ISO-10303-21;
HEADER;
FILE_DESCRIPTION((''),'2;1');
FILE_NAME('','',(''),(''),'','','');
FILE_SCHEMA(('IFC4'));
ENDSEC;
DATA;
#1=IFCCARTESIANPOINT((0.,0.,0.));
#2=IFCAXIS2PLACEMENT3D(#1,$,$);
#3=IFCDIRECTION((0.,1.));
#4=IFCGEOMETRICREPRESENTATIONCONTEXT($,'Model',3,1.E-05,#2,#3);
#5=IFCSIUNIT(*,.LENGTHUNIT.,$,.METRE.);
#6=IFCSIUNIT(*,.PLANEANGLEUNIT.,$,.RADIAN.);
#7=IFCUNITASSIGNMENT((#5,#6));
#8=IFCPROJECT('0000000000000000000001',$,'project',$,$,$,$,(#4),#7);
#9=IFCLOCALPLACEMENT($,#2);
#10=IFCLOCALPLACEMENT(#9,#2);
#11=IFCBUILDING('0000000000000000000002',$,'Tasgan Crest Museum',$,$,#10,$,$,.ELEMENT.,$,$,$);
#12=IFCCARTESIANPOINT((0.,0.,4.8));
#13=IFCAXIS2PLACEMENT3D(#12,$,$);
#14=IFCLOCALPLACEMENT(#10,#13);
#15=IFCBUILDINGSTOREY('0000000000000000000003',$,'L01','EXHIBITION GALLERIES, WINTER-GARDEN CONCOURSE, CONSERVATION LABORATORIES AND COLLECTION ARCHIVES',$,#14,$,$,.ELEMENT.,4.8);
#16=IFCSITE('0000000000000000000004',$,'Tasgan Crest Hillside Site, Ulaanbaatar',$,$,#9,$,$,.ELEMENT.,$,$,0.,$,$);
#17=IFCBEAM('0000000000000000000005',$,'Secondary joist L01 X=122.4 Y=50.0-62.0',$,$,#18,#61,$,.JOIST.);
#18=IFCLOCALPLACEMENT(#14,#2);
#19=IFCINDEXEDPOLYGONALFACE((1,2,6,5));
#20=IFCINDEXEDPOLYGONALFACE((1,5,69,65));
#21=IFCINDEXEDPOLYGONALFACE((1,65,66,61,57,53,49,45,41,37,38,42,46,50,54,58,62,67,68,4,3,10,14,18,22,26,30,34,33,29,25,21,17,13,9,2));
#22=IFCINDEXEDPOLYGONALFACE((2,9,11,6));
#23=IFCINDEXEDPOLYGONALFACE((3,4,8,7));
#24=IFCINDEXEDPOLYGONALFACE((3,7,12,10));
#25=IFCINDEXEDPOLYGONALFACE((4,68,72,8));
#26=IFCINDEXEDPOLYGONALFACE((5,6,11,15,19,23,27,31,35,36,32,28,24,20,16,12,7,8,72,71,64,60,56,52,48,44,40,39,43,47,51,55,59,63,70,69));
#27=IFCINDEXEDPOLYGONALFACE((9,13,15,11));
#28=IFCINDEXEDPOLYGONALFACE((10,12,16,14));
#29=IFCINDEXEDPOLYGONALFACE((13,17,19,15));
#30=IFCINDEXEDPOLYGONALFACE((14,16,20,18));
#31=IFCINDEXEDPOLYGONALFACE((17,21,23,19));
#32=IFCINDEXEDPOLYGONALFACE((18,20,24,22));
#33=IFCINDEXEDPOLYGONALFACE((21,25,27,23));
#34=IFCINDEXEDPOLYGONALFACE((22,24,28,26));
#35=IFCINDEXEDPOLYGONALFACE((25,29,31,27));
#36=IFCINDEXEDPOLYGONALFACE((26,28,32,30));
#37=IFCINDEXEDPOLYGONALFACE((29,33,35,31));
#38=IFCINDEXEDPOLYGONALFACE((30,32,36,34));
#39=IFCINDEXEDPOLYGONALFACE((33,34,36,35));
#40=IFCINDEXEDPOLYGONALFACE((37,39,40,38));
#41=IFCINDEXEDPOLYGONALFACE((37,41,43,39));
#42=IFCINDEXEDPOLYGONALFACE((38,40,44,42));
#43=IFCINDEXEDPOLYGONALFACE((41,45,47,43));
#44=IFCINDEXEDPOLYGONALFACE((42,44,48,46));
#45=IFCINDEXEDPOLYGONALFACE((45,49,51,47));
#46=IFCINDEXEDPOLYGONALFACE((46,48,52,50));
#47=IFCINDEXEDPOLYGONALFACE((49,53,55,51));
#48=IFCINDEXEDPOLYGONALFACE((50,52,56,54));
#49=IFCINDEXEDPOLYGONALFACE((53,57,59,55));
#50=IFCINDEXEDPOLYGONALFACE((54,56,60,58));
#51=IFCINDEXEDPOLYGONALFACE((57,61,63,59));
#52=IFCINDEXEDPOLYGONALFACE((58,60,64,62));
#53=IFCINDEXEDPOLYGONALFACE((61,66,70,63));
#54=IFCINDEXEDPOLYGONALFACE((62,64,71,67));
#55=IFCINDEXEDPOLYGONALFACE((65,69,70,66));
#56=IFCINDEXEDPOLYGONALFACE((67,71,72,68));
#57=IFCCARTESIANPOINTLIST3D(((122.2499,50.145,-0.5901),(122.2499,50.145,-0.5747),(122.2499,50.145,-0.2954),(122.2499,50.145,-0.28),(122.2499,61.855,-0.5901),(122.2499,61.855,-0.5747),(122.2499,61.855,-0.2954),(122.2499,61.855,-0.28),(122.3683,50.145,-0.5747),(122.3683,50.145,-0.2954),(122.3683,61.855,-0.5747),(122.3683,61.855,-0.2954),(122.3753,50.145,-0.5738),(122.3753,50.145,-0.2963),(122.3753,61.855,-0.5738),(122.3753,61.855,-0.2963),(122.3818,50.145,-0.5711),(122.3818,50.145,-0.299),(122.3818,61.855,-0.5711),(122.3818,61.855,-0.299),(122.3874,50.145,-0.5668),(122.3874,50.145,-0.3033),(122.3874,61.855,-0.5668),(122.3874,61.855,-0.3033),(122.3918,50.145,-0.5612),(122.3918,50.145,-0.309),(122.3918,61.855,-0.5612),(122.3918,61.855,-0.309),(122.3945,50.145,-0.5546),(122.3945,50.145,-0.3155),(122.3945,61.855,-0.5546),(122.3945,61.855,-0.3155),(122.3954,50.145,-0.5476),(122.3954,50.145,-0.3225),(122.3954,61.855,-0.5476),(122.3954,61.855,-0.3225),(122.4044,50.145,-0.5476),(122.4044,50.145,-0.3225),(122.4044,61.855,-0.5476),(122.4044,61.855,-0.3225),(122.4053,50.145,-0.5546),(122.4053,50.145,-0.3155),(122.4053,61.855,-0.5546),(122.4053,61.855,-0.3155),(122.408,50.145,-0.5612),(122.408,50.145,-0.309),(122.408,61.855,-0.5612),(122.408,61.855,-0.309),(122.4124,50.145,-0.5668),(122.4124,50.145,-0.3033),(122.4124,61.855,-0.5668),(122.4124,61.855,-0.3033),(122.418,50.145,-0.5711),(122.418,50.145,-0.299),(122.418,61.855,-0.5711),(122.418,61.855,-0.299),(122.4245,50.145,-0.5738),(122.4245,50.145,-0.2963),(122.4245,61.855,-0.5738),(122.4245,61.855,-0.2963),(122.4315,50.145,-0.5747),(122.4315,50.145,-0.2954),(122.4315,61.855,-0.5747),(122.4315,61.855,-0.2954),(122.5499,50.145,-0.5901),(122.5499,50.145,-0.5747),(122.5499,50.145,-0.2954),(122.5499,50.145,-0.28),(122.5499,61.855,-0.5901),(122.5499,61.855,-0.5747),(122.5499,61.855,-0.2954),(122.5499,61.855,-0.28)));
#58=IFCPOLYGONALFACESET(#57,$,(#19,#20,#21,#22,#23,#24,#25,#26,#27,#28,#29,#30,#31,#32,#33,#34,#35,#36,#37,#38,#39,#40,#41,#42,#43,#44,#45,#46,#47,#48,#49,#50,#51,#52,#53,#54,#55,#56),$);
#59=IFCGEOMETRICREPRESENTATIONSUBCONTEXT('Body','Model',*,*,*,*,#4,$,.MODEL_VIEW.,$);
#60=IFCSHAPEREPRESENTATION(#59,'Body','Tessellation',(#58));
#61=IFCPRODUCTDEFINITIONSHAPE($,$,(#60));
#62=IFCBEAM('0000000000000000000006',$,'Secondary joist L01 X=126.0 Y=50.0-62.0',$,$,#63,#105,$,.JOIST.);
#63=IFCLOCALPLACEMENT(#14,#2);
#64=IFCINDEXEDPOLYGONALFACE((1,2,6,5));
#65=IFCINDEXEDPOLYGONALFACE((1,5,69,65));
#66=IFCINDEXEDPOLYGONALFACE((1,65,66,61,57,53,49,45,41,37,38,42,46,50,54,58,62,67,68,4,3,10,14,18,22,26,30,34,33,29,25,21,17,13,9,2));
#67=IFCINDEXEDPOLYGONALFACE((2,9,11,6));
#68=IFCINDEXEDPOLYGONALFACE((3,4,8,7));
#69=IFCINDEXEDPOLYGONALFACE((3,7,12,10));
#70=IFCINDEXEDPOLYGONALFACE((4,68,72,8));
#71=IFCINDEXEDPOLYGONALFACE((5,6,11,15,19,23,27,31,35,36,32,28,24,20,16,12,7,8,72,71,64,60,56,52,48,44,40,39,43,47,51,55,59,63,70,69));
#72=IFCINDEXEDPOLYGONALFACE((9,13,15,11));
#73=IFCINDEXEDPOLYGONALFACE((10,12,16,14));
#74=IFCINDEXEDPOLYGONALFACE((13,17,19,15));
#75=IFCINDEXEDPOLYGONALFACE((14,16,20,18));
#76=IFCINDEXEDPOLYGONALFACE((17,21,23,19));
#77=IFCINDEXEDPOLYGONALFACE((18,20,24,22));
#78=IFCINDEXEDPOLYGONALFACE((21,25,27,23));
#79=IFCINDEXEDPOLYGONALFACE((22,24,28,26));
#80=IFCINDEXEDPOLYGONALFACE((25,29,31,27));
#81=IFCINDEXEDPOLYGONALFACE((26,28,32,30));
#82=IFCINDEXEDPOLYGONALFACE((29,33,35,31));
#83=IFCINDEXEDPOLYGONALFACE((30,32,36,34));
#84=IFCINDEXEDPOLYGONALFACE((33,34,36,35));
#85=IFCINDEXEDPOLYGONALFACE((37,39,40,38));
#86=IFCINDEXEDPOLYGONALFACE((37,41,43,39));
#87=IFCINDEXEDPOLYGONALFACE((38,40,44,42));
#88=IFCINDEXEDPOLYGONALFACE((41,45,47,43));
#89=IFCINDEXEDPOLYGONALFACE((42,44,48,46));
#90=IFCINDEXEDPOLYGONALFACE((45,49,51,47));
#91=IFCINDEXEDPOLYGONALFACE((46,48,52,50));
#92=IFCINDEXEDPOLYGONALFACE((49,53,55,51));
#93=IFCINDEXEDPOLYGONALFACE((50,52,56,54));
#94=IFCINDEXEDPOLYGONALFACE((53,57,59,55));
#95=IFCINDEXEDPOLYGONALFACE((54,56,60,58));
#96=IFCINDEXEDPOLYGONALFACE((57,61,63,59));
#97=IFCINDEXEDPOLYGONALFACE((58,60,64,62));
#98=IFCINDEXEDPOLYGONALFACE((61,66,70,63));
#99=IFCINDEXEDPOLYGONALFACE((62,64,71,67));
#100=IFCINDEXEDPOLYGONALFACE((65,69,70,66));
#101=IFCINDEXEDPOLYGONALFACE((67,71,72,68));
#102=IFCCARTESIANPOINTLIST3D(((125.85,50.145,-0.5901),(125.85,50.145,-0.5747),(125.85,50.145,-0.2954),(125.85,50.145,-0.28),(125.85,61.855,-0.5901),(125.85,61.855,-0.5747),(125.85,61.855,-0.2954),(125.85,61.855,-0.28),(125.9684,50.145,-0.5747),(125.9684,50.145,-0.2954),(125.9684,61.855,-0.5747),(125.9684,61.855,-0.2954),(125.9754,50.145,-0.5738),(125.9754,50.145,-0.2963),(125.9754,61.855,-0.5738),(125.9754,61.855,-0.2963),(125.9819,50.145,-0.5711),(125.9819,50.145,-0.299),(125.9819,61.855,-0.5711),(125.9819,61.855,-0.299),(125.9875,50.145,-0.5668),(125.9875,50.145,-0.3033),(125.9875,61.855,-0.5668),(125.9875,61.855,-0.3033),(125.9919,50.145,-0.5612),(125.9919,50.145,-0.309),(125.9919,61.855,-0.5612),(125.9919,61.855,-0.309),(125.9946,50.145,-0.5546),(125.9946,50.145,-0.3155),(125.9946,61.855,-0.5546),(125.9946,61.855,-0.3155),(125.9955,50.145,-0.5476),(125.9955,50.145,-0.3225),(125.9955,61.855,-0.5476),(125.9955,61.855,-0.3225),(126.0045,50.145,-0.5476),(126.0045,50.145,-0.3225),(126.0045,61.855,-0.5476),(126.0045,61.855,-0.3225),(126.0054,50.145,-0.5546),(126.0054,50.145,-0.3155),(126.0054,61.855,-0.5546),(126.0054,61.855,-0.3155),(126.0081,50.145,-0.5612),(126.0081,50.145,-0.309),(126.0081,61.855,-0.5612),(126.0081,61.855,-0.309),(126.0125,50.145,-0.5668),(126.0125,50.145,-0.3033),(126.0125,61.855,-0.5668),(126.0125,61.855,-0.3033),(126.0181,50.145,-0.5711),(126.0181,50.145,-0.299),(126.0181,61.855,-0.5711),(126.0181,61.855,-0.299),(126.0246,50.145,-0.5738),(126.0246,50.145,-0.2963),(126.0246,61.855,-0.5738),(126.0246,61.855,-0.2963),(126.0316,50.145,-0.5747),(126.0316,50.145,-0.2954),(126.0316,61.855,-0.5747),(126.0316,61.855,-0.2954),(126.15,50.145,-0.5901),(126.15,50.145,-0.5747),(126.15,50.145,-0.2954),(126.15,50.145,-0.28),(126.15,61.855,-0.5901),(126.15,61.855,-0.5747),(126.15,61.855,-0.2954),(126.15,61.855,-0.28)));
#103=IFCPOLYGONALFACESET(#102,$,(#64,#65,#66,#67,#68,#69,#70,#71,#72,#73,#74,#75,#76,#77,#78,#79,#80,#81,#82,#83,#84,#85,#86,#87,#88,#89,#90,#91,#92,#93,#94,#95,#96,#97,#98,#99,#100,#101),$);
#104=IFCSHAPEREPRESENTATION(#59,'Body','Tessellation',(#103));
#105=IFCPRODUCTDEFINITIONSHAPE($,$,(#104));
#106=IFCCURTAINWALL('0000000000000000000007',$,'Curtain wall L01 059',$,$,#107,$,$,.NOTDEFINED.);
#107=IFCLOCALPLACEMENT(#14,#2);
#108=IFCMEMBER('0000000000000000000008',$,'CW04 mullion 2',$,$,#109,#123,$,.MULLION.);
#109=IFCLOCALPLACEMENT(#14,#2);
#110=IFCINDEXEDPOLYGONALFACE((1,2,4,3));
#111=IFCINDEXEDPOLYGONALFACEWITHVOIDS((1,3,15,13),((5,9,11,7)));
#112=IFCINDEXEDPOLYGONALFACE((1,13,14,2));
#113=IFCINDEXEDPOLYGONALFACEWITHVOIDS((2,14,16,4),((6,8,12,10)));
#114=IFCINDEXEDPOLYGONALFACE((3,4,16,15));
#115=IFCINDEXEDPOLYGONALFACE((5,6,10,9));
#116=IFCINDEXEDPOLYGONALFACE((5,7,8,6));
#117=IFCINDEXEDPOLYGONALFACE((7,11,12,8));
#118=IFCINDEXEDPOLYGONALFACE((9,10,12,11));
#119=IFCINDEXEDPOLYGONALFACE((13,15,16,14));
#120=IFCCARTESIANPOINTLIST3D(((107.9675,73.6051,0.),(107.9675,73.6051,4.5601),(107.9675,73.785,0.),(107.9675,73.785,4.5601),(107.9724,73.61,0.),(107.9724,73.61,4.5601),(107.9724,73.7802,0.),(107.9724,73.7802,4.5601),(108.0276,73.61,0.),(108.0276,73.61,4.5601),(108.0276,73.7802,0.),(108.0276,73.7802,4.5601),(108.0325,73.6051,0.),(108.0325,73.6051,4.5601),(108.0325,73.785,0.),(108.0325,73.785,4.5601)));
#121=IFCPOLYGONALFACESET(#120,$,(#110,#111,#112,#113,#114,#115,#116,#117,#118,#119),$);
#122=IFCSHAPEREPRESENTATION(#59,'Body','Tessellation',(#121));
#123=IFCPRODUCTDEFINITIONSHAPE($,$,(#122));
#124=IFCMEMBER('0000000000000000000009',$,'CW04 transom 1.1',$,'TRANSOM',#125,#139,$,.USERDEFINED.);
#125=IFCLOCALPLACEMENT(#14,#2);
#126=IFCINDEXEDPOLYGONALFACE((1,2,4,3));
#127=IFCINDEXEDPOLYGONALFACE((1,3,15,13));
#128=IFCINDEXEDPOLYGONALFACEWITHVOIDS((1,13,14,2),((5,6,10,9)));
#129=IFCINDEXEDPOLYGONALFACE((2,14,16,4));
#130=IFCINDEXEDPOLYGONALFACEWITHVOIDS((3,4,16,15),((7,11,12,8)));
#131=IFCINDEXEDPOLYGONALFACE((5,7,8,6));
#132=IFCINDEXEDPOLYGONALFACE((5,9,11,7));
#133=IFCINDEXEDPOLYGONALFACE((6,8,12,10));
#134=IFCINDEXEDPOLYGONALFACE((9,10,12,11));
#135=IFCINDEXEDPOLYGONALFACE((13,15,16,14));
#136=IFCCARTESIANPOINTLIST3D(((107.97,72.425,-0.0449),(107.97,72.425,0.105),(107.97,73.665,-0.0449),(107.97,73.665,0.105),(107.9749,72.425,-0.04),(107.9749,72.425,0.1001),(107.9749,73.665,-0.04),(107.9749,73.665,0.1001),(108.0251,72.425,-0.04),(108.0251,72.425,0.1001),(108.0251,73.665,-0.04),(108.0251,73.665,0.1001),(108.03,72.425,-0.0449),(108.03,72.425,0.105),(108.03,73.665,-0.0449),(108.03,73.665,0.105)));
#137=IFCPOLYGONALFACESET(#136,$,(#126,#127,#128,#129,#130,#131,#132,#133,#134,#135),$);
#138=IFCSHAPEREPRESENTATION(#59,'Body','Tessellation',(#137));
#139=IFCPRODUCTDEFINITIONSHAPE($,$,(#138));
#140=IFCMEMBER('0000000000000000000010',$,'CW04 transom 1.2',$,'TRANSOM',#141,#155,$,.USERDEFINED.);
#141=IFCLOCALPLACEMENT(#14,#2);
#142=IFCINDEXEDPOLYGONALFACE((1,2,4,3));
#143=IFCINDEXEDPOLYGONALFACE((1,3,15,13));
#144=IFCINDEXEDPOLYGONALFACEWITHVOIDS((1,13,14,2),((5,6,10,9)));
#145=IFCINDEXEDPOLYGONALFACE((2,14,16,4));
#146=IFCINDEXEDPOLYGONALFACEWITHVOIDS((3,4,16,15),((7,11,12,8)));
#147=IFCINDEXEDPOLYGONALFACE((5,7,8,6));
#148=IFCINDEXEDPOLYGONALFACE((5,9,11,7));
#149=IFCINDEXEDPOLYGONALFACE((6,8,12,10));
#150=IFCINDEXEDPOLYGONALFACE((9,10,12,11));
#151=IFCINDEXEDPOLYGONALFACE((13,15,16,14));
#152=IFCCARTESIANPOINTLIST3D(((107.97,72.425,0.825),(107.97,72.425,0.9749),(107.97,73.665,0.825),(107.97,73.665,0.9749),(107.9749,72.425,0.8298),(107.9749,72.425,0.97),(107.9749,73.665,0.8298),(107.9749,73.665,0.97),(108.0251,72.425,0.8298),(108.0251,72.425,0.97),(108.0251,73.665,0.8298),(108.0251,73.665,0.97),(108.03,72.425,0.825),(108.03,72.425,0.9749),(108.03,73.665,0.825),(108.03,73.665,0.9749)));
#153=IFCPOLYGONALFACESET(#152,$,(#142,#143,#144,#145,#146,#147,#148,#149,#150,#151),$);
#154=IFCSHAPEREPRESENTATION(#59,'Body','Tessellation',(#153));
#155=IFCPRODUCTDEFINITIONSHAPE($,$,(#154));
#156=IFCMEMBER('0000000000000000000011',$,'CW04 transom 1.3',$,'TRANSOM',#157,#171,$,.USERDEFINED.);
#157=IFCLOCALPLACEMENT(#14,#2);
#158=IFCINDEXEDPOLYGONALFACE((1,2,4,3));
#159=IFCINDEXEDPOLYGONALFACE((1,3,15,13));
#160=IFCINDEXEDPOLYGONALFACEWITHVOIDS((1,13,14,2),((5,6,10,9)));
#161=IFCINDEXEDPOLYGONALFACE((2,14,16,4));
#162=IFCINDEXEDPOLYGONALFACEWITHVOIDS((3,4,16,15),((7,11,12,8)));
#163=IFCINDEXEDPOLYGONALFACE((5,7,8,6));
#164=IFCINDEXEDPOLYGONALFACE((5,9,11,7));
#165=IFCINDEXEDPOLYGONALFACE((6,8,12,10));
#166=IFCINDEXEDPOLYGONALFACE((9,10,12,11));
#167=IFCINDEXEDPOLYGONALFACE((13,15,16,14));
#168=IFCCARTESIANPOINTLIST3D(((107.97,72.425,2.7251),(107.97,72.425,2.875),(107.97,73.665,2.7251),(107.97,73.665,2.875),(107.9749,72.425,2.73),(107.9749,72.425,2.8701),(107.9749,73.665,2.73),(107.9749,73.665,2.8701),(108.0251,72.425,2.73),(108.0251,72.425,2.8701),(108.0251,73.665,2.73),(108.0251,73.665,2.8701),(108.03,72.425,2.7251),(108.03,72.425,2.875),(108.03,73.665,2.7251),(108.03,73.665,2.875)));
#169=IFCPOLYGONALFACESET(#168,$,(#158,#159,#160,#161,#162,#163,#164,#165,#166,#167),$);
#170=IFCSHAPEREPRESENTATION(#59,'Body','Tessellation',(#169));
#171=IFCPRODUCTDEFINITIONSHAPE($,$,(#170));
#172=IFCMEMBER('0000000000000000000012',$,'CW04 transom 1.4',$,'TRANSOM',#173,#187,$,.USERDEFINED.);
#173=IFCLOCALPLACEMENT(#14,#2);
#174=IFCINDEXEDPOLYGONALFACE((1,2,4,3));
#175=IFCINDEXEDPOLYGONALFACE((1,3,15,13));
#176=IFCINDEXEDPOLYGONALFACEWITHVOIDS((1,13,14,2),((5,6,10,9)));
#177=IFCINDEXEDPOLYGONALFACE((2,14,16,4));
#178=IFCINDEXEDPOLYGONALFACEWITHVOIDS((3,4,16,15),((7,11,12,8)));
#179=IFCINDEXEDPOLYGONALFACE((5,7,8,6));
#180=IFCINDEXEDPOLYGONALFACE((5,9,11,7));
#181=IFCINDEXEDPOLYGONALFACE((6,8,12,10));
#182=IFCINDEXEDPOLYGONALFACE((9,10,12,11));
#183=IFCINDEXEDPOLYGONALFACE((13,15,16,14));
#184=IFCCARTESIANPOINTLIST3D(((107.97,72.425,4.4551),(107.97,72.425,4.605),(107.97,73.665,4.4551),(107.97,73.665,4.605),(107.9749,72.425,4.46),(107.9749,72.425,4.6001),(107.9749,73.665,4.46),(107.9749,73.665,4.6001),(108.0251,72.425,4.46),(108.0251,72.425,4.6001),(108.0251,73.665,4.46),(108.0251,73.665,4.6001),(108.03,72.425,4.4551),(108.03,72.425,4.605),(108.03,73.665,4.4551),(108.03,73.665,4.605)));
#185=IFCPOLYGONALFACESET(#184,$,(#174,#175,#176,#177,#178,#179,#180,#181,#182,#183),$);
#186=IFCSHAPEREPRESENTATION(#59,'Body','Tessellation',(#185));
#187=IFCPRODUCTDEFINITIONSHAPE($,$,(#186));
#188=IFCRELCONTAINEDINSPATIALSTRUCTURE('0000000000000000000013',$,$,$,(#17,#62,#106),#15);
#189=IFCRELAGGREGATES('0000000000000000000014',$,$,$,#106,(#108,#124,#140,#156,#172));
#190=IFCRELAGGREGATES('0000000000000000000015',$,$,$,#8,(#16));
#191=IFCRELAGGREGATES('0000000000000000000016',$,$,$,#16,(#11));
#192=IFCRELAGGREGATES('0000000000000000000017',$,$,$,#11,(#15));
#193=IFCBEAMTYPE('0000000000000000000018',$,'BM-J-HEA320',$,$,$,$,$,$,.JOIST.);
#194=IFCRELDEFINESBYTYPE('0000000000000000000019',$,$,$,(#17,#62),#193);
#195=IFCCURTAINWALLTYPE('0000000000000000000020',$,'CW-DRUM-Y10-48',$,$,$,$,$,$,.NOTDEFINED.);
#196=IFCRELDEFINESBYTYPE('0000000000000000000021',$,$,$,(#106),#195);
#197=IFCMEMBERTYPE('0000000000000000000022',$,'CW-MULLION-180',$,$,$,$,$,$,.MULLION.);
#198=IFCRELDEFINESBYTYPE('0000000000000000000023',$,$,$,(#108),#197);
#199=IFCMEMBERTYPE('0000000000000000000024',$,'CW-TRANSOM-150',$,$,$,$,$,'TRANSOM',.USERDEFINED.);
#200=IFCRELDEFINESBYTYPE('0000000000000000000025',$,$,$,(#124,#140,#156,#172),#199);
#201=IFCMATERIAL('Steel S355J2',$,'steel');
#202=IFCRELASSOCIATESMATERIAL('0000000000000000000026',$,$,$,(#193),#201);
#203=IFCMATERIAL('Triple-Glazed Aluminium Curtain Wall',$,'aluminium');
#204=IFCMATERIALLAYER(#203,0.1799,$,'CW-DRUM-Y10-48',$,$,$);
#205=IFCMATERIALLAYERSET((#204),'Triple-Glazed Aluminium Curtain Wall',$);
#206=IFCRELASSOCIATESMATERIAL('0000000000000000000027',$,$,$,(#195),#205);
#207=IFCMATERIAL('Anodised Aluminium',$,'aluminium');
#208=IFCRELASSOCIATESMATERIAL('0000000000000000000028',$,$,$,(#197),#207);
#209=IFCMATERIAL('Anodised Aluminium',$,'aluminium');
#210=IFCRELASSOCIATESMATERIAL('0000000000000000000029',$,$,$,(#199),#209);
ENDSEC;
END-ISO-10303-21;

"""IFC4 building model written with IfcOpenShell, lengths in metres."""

from ifc_helpers import new_model, si_unit, direction, frame, origin, origin_2d, place, context, subcontext, project, spatial, hollow_rectangle, i_section, extrude, material, layer, layer_set, material_profile, profile_set, type_object, element, aggregate, save


model = new_model("IFC4")

# Units and contexts
model_context = context("Model", 3, precision=1e-05, world=origin(), true_north=direction((0.0, 1.0)))
body_context = subcontext(model_context, "Body", "Model", "MODEL_VIEW")
ifc_project = project(units=[si_unit("LENGTHUNIT", "METRE"), si_unit("PLANEANGLEUNIT", "RADIAN")], contexts=[model_context])

# Site, building, storey
site_placement = place(None, origin())
site = spatial("IfcSite", under=ifc_project, at=site_placement, Name="Tasgan Crest Hillside Site, Ulaanbaatar", CompositionType="ELEMENT", RefElevation=0.0)
building_placement = place(site_placement, origin())
building = spatial("IfcBuilding", under=site, at=building_placement, Name="Tasgan Crest Museum", CompositionType="ELEMENT")
storey_placement = place(building_placement, frame((0.0, 0.0, 4.8)))
storey = spatial("IfcBuildingStorey", under=building, at=storey_placement, Name="L01", Description="EXHIBITION GALLERIES, WINTER-GARDEN CONCOURSE, CONSERVATION LABORATORIES AND COLLECTION ARCHIVES", CompositionType="ELEMENT", Elevation=4.8)

# Beams
ifc_material_1 = material(Name="Steel S355J2", Category="steel")
ifc_material_profile_1 = material_profile(ifc_material_1, i_section(OverallWidth=0.3, OverallDepth=0.3101, WebThickness=0.009, FlangeThickness=0.0154, FilletRadius=0.0271, at=origin_2d()), Name="HEA 320")
ifc_profile_set_1 = profile_set([ifc_material_profile_1], Name="Steel S355J2")
beam_type_1 = type_object("IfcBeamType", Name="BM-J-HEA320", PredefinedType="JOIST", material=ifc_profile_set_1)
for number, where, z_axis, x_axis, name in (
    (1, (122.3999, 50.145, -0.4351), (0.0, 1.0, 0.0), (-1.0, 0.0, 0.0), "Secondary joist L01 X=122.4 Y=50.0-62.0"),
    (2, (126.0, 50.145, -0.4351), (0.0, 1.0, 0.0), (-1.0, 0.0, 0.0), "Secondary joist L01 X=126.0 Y=50.0-62.0"),
):
    element("IfcBeam", number, at=place(storey_placement, frame(where, z_axis=z_axis, x_axis=x_axis)), inside=storey, type_object=beam_type_1, Name=name, PredefinedType="JOIST", context=body_context, shape_type="SweptSolid", body=[
        extrude(i_section(OverallWidth=0.3, OverallDepth=0.3101, WebThickness=0.009, FlangeThickness=0.0154, FilletRadius=0.0271, at=origin_2d()), origin(), (0.0, 0.0, 1.0), 11.71),
    ])

# Curtain wall, members
ifc_material_2 = material(Name="Triple-Glazed Aluminium Curtain Wall", Category="aluminium")
ifc_layer_1 = layer(ifc_material_2, 0.1799, Name="CW-DRUM-Y10-48")
ifc_layer_set_1 = layer_set([ifc_layer_1], Name="Triple-Glazed Aluminium Curtain Wall")
curtain_wall_type = type_object("IfcCurtainWallType", Name="CW-DRUM-Y10-48", PredefinedType="NOTDEFINED", material=ifc_layer_set_1)
curtain_wall_placement = place(storey_placement, origin())
curtain_wall = element("IfcCurtainWall", 3, at=curtain_wall_placement, inside=storey, type_object=curtain_wall_type, Name="Curtain wall L01 059", PredefinedType="NOTDEFINED")
ifc_material_3 = material(Name="Anodised Aluminium", Category="aluminium")
ifc_material_profile_2 = material_profile(ifc_material_3, hollow_rectangle(XDim=0.0649, YDim=0.1799, WallThickness=0.0049, at=origin_2d()), Name="ALU MULLION 180x65x5")
ifc_profile_set_2 = profile_set([ifc_material_profile_2], Name="Anodised Aluminium")
member_type_1 = type_object("IfcMemberType", Name="CW-MULLION-180", PredefinedType="MULLION", material=ifc_profile_set_2)
member_1_placement = place(storey_placement, frame((108.0, 73.6951, 0.0), z_axis=(0.0, 0.0, 1.0), x_axis=(-1.0, 0.0, 0.0)))
member_1 = element("IfcMember", 4, at=member_1_placement, type_object=member_type_1, Name="CW04 mullion 2", PredefinedType="MULLION", context=body_context, shape_type="SweptSolid", body=[
    extrude(hollow_rectangle(XDim=0.0649, YDim=0.1799, WallThickness=0.0049, at=origin_2d()), origin(), (0.0, 0.0, 1.0), 4.5601),
])
ifc_material_4 = material(Name="Anodised Aluminium", Category="aluminium")
ifc_material_profile_3 = material_profile(ifc_material_4, hollow_rectangle(XDim=0.0601, YDim=0.1499, WallThickness=0.0049, at=origin_2d()), Name="ALU TRANSOM 150x60x5")
ifc_profile_set_3 = profile_set([ifc_material_profile_3], Name="Anodised Aluminium")
member_type_2 = type_object("IfcMemberType", Name="CW-TRANSOM-150", ElementType="TRANSOM", PredefinedType="USERDEFINED", material=ifc_profile_set_3)
member_2_placement = place(storey_placement, frame((108.0, 72.425, 0.03), z_axis=(0.0, 1.0, 0.0), x_axis=(-1.0, 0.0, 0.0)))
member_2 = element("IfcMember", 5, at=member_2_placement, type_object=member_type_2, Name="CW04 transom 1.1", ObjectType="TRANSOM", PredefinedType="USERDEFINED", context=body_context, shape_type="SweptSolid", body=[
    extrude(hollow_rectangle(XDim=0.0601, YDim=0.1499, WallThickness=0.0049, at=origin_2d()), origin(), (0.0, 0.0, 1.0), 1.24),
])
member_3_placement = place(storey_placement, frame((108.0, 72.425, 0.8999), z_axis=(0.0, 1.0, 0.0), x_axis=(-1.0, 0.0, 0.0)))
member_3 = element("IfcMember", 6, at=member_3_placement, type_object=member_type_2, Name="CW04 transom 1.2", ObjectType="TRANSOM", PredefinedType="USERDEFINED", context=body_context, shape_type="SweptSolid", body=[
    extrude(hollow_rectangle(XDim=0.0601, YDim=0.1499, WallThickness=0.0049, at=origin_2d()), origin(), (0.0, 0.0, 1.0), 1.24),
])
member_4_placement = place(storey_placement, frame((108.0, 72.425, 2.8), z_axis=(0.0, 1.0, 0.0), x_axis=(-1.0, 0.0, 0.0)))
member_4 = element("IfcMember", 7, at=member_4_placement, type_object=member_type_2, Name="CW04 transom 1.3", ObjectType="TRANSOM", PredefinedType="USERDEFINED", context=body_context, shape_type="SweptSolid", body=[
    extrude(hollow_rectangle(XDim=0.0601, YDim=0.1499, WallThickness=0.0049, at=origin_2d()), origin(), (0.0, 0.0, 1.0), 1.24),
])
member_5_placement = place(storey_placement, frame((108.0, 72.425, 4.53), z_axis=(0.0, 1.0, 0.0), x_axis=(-1.0, 0.0, 0.0)))
member_5 = element("IfcMember", 8, at=member_5_placement, type_object=member_type_2, Name="CW04 transom 1.4", ObjectType="TRANSOM", PredefinedType="USERDEFINED", context=body_context, shape_type="SweptSolid", body=[
    extrude(hollow_rectangle(XDim=0.0601, YDim=0.1499, WallThickness=0.0049, at=origin_2d()), origin(), (0.0, 0.0, 1.0), 1.24),
])

aggregate(curtain_wall, [member_1, member_2, member_3, member_4, member_5])

save(model, "model.ifc")
